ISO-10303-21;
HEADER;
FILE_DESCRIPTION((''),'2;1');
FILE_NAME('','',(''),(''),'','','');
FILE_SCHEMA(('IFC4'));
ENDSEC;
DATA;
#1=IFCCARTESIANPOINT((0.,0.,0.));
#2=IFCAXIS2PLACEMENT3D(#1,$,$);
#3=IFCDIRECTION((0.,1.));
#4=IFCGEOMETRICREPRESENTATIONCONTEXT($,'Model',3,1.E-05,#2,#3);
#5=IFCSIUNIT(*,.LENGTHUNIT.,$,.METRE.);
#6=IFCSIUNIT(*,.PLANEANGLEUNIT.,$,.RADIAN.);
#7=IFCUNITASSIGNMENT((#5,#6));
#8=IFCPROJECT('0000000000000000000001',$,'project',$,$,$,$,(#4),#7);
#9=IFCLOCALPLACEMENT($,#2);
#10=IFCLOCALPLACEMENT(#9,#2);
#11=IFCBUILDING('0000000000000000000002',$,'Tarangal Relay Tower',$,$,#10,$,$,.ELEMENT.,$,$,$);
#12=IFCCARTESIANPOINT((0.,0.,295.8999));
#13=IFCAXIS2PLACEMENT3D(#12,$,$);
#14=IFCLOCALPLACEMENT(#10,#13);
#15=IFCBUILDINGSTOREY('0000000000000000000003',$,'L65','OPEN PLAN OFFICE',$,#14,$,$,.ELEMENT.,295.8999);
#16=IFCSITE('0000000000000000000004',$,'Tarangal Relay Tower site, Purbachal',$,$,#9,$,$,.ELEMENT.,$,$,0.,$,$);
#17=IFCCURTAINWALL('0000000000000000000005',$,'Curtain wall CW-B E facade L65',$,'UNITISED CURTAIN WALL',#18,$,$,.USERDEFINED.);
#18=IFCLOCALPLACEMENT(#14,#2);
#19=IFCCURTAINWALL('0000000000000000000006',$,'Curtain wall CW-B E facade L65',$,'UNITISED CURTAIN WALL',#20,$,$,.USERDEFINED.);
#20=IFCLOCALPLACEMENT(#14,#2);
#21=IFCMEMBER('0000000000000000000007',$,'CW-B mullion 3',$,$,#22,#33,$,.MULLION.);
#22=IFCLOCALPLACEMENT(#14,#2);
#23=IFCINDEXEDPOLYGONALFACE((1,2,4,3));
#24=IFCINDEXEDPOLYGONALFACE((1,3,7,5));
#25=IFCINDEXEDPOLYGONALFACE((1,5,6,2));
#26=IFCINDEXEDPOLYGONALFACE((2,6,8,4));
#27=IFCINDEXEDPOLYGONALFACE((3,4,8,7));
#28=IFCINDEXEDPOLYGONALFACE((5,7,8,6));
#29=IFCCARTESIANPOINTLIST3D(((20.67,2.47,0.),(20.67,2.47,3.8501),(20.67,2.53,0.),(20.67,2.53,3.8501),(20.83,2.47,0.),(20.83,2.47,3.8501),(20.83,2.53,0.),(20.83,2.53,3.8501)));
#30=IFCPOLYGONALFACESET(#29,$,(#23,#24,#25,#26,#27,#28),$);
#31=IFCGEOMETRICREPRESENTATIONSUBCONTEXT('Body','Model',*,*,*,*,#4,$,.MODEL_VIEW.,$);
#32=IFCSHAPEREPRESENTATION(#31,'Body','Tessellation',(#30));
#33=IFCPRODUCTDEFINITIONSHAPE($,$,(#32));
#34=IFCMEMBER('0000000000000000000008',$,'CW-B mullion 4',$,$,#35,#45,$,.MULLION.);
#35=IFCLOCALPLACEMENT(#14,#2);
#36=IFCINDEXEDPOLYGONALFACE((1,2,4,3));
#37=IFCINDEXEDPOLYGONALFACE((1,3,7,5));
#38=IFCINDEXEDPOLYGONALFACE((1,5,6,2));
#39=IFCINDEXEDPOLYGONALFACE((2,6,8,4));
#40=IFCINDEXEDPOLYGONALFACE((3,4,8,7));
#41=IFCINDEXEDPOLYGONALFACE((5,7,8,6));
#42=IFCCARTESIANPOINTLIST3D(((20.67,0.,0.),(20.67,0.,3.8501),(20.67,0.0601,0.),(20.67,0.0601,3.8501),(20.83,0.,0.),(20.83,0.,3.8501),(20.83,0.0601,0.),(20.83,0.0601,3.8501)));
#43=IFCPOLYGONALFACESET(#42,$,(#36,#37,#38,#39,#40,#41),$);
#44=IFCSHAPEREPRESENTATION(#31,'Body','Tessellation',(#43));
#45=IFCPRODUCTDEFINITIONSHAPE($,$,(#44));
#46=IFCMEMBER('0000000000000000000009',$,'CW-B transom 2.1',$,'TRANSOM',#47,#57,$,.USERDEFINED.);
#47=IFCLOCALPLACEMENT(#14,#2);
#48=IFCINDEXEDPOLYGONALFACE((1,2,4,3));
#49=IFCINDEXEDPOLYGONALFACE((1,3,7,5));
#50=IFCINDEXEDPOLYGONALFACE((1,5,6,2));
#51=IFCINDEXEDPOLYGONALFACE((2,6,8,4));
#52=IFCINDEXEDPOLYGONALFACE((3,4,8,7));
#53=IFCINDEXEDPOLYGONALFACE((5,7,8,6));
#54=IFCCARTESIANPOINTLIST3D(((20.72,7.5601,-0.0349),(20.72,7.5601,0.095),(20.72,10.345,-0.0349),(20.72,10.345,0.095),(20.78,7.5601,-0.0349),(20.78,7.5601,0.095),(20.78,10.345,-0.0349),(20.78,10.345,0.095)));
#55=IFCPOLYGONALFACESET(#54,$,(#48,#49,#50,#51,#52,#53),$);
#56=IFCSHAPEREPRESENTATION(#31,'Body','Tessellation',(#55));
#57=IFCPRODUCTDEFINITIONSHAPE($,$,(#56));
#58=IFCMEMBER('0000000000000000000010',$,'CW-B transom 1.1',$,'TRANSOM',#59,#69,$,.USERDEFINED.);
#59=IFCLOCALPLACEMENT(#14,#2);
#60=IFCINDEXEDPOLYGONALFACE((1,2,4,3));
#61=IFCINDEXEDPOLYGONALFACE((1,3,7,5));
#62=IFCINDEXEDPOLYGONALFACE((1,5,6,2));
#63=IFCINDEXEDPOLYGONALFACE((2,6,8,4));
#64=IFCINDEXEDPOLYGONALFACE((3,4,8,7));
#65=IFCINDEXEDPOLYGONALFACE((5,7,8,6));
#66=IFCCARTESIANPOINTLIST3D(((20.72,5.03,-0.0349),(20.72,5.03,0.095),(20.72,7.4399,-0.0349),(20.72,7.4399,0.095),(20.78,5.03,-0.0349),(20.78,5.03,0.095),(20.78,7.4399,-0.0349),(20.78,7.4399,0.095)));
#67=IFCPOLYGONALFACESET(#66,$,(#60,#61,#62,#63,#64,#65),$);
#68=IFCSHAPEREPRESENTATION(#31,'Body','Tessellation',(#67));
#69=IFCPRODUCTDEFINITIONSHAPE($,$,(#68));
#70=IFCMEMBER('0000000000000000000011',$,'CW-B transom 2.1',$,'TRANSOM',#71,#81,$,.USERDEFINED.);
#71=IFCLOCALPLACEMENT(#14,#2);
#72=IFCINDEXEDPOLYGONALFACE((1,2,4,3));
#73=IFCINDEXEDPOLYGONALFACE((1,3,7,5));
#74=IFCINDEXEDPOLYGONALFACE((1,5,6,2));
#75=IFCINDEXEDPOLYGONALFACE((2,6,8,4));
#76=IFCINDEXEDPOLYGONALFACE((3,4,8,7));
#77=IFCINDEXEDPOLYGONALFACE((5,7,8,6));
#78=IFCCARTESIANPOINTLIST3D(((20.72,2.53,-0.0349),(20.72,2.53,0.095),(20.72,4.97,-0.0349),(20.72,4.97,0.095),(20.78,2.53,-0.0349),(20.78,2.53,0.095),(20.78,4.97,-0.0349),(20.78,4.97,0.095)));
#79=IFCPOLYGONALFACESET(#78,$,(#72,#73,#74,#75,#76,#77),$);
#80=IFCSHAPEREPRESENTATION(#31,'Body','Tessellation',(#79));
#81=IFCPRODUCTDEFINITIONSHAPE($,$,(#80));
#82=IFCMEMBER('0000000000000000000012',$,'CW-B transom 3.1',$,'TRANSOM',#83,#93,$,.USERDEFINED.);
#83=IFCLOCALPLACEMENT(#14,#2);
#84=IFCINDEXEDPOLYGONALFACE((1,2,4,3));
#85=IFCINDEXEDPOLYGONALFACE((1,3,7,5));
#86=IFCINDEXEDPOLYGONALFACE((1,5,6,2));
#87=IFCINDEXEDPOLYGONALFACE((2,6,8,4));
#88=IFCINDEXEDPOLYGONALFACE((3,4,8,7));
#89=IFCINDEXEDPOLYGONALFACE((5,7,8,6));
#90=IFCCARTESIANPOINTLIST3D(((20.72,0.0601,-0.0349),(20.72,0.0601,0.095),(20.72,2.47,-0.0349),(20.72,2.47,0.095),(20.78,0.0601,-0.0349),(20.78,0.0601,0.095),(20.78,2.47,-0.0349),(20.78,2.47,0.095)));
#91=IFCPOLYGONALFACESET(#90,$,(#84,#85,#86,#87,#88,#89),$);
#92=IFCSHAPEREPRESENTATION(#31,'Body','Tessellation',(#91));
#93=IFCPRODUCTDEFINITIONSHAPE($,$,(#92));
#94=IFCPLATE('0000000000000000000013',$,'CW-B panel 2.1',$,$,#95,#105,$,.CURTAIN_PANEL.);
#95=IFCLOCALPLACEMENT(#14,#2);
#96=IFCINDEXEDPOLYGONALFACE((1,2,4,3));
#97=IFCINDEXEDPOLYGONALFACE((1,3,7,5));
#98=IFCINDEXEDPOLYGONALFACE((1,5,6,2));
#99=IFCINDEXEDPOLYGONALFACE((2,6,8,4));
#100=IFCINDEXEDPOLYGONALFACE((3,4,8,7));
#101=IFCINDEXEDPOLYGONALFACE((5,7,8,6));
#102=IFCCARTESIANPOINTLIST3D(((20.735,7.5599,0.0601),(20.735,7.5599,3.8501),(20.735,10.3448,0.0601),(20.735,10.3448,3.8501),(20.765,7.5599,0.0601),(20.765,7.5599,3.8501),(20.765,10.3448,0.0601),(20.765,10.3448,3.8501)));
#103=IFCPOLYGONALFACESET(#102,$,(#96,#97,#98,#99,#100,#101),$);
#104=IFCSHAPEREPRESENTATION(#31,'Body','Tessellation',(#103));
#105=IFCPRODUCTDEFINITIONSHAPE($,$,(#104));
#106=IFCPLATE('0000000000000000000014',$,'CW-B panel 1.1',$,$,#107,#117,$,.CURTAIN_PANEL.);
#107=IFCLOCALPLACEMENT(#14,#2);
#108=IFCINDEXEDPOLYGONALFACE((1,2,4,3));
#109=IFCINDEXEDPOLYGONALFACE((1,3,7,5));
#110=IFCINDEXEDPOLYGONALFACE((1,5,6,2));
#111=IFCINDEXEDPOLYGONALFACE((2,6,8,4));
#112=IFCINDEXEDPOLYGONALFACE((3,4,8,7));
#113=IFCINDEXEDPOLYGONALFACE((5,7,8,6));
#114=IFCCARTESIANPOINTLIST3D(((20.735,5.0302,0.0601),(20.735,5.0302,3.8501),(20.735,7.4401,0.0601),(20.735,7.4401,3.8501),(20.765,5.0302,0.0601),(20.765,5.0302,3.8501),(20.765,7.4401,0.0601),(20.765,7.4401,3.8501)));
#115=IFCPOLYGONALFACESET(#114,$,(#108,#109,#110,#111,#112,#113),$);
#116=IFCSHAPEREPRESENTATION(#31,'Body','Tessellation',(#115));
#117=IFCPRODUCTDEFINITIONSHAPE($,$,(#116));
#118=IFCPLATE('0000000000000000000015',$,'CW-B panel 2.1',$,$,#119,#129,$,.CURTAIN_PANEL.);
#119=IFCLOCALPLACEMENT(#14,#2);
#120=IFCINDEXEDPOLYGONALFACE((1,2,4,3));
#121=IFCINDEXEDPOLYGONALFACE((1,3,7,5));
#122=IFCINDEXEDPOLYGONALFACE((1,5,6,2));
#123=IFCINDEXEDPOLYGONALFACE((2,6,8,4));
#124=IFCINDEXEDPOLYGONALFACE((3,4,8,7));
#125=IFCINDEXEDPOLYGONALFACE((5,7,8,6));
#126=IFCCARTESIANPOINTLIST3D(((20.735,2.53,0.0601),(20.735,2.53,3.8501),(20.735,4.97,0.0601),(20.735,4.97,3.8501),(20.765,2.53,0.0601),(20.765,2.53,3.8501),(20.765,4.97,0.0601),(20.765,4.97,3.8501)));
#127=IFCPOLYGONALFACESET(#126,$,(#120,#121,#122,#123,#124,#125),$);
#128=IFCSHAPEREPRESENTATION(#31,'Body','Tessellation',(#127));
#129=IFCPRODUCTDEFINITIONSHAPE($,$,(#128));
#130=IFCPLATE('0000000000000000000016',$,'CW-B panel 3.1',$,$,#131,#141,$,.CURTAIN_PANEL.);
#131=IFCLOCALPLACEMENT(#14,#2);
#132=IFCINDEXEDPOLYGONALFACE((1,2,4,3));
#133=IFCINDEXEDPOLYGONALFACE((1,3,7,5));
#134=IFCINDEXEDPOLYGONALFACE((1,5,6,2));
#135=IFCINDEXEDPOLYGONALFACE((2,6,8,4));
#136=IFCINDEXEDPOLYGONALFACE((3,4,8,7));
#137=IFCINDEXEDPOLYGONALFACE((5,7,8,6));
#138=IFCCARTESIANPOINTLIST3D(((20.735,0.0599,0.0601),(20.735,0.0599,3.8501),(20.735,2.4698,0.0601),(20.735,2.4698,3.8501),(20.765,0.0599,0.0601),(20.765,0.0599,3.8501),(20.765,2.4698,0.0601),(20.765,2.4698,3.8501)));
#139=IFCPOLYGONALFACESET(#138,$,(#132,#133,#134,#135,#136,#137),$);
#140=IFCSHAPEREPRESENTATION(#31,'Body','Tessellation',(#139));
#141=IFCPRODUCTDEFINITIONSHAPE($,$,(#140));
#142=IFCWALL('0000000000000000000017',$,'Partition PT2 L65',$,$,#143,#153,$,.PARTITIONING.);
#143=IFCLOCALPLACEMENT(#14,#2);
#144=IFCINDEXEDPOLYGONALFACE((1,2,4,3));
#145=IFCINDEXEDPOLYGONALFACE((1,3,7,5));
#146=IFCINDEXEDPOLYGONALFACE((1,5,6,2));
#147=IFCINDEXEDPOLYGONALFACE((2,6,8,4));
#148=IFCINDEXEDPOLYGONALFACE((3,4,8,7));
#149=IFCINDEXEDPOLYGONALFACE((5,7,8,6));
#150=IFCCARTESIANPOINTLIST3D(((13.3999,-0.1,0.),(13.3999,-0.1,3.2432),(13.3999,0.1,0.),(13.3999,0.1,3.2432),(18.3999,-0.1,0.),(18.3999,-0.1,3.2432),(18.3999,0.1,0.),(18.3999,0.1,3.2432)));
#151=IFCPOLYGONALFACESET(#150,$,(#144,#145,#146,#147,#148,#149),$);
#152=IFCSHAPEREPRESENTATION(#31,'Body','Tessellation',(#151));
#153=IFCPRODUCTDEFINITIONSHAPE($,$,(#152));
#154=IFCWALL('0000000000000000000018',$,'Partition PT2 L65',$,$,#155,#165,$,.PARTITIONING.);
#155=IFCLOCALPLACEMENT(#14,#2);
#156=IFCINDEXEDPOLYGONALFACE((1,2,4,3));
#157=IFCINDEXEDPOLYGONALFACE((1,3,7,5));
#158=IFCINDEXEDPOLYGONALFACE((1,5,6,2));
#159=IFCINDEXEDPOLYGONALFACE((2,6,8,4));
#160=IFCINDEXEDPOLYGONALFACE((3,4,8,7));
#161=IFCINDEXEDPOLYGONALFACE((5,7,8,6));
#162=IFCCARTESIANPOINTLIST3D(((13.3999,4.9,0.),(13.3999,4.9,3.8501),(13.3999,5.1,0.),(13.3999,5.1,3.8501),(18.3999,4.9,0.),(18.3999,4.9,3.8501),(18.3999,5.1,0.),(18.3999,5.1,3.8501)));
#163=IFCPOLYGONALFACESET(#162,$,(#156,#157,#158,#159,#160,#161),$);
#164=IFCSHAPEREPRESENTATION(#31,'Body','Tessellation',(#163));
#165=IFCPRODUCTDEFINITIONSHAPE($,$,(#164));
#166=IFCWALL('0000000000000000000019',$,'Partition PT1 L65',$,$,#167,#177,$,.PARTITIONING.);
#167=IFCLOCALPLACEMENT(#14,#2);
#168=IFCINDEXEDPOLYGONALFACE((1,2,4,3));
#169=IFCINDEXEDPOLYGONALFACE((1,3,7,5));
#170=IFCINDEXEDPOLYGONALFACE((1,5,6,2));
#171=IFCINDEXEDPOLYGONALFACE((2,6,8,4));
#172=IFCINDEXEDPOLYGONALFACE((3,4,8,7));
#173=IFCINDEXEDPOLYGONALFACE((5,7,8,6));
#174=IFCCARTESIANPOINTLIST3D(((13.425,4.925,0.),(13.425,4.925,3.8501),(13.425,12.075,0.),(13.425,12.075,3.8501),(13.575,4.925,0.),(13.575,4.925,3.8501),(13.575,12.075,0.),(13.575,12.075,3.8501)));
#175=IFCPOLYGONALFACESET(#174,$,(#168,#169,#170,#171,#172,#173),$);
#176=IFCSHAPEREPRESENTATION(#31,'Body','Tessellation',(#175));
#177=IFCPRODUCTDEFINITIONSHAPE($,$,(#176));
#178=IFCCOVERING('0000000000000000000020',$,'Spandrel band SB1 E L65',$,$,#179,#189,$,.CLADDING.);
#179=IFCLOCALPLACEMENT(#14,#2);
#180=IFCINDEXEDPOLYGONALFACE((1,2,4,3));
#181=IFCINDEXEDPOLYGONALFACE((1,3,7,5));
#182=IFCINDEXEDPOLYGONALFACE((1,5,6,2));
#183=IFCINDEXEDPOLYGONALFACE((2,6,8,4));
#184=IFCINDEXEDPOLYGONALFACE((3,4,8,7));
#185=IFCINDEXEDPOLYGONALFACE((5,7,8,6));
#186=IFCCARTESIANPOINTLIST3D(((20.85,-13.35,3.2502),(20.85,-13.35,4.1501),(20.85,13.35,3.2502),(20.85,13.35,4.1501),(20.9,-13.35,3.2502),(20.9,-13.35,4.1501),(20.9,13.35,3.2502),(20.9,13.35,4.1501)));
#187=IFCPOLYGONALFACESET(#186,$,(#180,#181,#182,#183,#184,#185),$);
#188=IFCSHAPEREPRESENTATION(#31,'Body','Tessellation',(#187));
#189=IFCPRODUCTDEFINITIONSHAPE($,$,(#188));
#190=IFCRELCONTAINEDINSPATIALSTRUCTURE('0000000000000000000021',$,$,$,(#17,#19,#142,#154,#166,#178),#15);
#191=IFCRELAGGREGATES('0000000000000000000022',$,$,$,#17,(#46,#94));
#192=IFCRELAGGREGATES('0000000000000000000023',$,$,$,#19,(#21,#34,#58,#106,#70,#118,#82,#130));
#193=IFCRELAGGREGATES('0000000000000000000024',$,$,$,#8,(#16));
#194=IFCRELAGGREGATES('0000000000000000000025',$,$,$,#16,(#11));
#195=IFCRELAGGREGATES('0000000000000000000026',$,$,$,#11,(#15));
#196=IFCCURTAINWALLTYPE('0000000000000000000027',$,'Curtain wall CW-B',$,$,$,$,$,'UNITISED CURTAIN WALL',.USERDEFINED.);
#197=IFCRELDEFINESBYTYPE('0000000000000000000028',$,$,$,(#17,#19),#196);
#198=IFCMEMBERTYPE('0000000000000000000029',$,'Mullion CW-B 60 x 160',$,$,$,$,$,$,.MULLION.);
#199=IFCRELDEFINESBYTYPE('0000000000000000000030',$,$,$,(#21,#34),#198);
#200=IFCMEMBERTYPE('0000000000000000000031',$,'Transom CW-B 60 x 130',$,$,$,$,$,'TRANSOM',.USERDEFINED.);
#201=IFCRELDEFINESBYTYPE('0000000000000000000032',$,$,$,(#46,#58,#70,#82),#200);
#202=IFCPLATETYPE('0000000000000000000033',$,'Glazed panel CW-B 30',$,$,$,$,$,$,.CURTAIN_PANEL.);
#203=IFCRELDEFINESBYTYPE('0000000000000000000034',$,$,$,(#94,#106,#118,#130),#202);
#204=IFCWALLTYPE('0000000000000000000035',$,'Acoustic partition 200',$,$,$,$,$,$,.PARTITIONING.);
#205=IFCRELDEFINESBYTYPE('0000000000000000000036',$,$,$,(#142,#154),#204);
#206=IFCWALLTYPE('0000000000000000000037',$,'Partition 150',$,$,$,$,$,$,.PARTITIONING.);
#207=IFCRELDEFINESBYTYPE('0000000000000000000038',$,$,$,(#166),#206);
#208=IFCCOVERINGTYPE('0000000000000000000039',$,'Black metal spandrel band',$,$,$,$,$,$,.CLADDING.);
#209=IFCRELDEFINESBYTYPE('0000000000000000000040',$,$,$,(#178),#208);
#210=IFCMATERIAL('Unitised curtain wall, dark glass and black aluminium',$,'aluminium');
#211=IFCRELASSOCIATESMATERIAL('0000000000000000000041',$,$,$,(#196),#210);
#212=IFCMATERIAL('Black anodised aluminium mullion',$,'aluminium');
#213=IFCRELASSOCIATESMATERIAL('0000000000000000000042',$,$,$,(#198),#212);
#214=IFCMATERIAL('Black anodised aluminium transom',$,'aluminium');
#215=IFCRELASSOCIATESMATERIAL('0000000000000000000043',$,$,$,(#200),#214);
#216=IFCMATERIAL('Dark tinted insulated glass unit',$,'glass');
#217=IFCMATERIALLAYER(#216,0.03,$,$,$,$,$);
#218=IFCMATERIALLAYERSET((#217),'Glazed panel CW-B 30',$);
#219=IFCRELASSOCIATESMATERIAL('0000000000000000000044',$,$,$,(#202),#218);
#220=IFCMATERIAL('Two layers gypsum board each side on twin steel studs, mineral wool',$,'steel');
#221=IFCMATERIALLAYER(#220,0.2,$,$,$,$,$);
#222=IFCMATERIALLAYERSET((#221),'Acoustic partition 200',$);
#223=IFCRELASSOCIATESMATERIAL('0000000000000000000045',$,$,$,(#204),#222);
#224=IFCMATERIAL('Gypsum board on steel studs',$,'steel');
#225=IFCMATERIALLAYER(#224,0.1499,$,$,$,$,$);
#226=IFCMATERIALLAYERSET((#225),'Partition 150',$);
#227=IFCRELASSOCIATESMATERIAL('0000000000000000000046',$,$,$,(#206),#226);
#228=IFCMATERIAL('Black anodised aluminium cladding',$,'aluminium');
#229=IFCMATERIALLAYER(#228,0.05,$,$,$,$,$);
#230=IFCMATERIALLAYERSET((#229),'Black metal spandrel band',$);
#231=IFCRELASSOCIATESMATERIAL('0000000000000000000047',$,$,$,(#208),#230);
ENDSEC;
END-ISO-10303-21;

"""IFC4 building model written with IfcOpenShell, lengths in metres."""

from ifc_helpers import new_model, si_unit, direction, frame, frame_2d, origin, origin_2d, place, context, subcontext, project, spatial, rectangle, extrude, material, layer, layer_set, material_profile, profile_set, type_object, element, aggregate, save


model = new_model("IFC4")

# Units and contexts
model_context = context("Model", 3, precision=1e-05, world=origin(), true_north=direction((0.0, 1.0)))
body_context = subcontext(model_context, "Body", "Model", "MODEL_VIEW")
ifc_project = project(units=[si_unit("LENGTHUNIT", "METRE"), si_unit("PLANEANGLEUNIT", "RADIAN")], contexts=[model_context])

# Site, building, storey
site_placement = place(None, origin())
site = spatial("IfcSite", under=ifc_project, at=site_placement, Name="Tarangal Relay Tower site, Purbachal", CompositionType="ELEMENT", RefElevation=0.0)
building_placement = place(site_placement, origin())
building = spatial("IfcBuilding", under=site, at=building_placement, Name="Tarangal Relay Tower", CompositionType="ELEMENT")
storey_placement = place(building_placement, frame((0.0, 0.0, 295.8999)))
storey = spatial("IfcBuildingStorey", under=building, at=storey_placement, Name="L65", Description="OPEN PLAN OFFICE", CompositionType="ELEMENT", Elevation=295.8999)

# Curtain walls, members
ifc_material_1 = material(Name="Unitised curtain wall, dark glass and black aluminium", Category="aluminium")
curtain_wall_type = type_object("IfcCurtainWallType", Name="Curtain wall CW-B", ElementType="UNITISED CURTAIN WALL", PredefinedType="USERDEFINED", material=ifc_material_1)
curtain_wall_1_placement = place(storey_placement, origin())
curtain_wall_1 = element("IfcCurtainWall", 1, at=curtain_wall_1_placement, inside=storey, type_object=curtain_wall_type, Name="Curtain wall CW-B E facade L65", ObjectType="UNITISED CURTAIN WALL", PredefinedType="USERDEFINED")
ifc_material_2 = material(Name="Black anodised aluminium mullion", Category="aluminium")
ifc_material_profile_1 = material_profile(ifc_material_2, rectangle(XDim=0.1599, YDim=0.0601, at=origin_2d()), Name="CW-BM 60X160")
ifc_profile_set_1 = profile_set([ifc_material_profile_1], Name="Black anodised aluminium mullion")
member_type_1 = type_object("IfcMemberType", Name="Mullion CW-B 60 x 160", PredefinedType="MULLION", material=ifc_profile_set_1)
curtain_wall_2_placement = place(storey_placement, origin())
curtain_wall_2 = element("IfcCurtainWall", 2, at=curtain_wall_2_placement, inside=storey, type_object=curtain_wall_type, Name="Curtain wall CW-B E facade L65", ObjectType="UNITISED CURTAIN WALL", PredefinedType="USERDEFINED")
member_1_placement = place(storey_placement, frame((20.75, 2.5, 0.0), z_axis=(0.0, 0.0, 1.0), x_axis=(1.0, 0.0, 0.0)))
member_1 = element("IfcMember", 3, at=member_1_placement, type_object=member_type_1, Name="CW-B mullion 3", PredefinedType="MULLION", context=body_context, shape_type="SweptSolid", body=[
    extrude(rectangle(XDim=0.1599, YDim=0.0601, at=origin_2d()), origin(), (0.0, 0.0, 1.0), 3.8501),
])
member_2_placement = place(storey_placement, frame((20.75, 0.03, 0.0), z_axis=(0.0, 0.0, 1.0), x_axis=(1.0, 0.0, 0.0)))
member_2 = element("IfcMember", 4, at=member_2_placement, type_object=member_type_1, Name="CW-B mullion 4", PredefinedType="MULLION", context=body_context, shape_type="SweptSolid", body=[
    extrude(rectangle(XDim=0.1599, YDim=0.0601, at=origin_2d()), origin(), (0.0, 0.0, 1.0), 3.8501),
])

# Members
ifc_material_3 = material(Name="Black anodised aluminium transom", Category="aluminium")
ifc_material_profile_2 = material_profile(ifc_material_3, rectangle(XDim=0.0601, YDim=0.1299, at=origin_2d()), Name="CW-BT 60X130")
ifc_profile_set_2 = profile_set([ifc_material_profile_2], Name="Black anodised aluminium transom")
member_type_2 = type_object("IfcMemberType", Name="Transom CW-B 60 x 130", ElementType="TRANSOM", PredefinedType="USERDEFINED", material=ifc_profile_set_2)
member_3_placement = place(storey_placement, frame((20.75, 10.345, 0.03), z_axis=(0.0, -1.0, 0.0), x_axis=(1.0, 0.0, 0.0)))
member_3 = element("IfcMember", 5, at=member_3_placement, type_object=member_type_2, Name="CW-B transom 2.1", ObjectType="TRANSOM", PredefinedType="USERDEFINED", context=body_context, shape_type="SweptSolid", body=[
    extrude(rectangle(XDim=0.0601, YDim=0.1299, at=origin_2d()), origin(), (0.0, 0.0, 1.0), 2.7849),
])
member_4_placement = place(storey_placement, frame((20.75, 7.4399, 0.03), z_axis=(0.0, -1.0, 0.0), x_axis=(1.0, 0.0, 0.0)))
member_4 = element("IfcMember", 6, at=member_4_placement, type_object=member_type_2, Name="CW-B transom 1.1", ObjectType="TRANSOM", PredefinedType="USERDEFINED", context=body_context, shape_type="SweptSolid", body=[
    extrude(rectangle(XDim=0.0601, YDim=0.1299, at=origin_2d()), origin(), (0.0, 0.0, 1.0), 2.4099),
])
member_5_placement = place(storey_placement, frame((20.75, 4.97, 0.03), z_axis=(0.0, -1.0, 0.0), x_axis=(1.0, 0.0, 0.0)))
member_5 = element("IfcMember", 7, at=member_5_placement, type_object=member_type_2, Name="CW-B transom 2.1", ObjectType="TRANSOM", PredefinedType="USERDEFINED", context=body_context, shape_type="SweptSolid", body=[
    extrude(rectangle(XDim=0.0601, YDim=0.1299, at=origin_2d()), origin(), (0.0, 0.0, 1.0), 2.4399),
])
member_6_placement = place(storey_placement, frame((20.75, 2.47, 0.03), z_axis=(0.0, -1.0, 0.0), x_axis=(1.0, 0.0, 0.0)))
member_6 = element("IfcMember", 8, at=member_6_placement, type_object=member_type_2, Name="CW-B transom 3.1", ObjectType="TRANSOM", PredefinedType="USERDEFINED", context=body_context, shape_type="SweptSolid", body=[
    extrude(rectangle(XDim=0.0601, YDim=0.1299, at=origin_2d()), origin(), (0.0, 0.0, 1.0), 2.4099),
])

# Plates
ifc_material_4 = material(Name="Dark tinted insulated glass unit", Category="glass")
ifc_layer_1 = layer(ifc_material_4, 0.03)
ifc_layer_set_1 = layer_set([ifc_layer_1], Name="Glazed panel CW-B 30")
plate_type = type_object("IfcPlateType", Name="Glazed panel CW-B 30", PredefinedType="CURTAIN_PANEL", material=ifc_layer_set_1)
plate_1_placement = place(storey_placement, frame((20.75, 8.9524, 0.0601), z_axis=(0.0, 0.0, 1.0), x_axis=(0.0, -1.0, 0.0)))
plate_1 = element("IfcPlate", 9, at=plate_1_placement, type_object=plate_type, Name="CW-B panel 2.1", PredefinedType="CURTAIN_PANEL", context=body_context, shape_type="SweptSolid", body=[
    extrude(rectangle(XDim=2.7849, YDim=0.03, at=origin_2d()), origin(), (0.0, 0.0, 1.0), 3.79),
])
aggregate(curtain_wall_1, [member_3, plate_1])
plate_2_placement = place(storey_placement, frame((20.75, 6.2351, 0.0601), z_axis=(0.0, 0.0, 1.0), x_axis=(0.0, -1.0, 0.0)))
plate_2 = element("IfcPlate", 10, at=plate_2_placement, type_object=plate_type, Name="CW-B panel 1.1", PredefinedType="CURTAIN_PANEL", context=body_context, shape_type="SweptSolid", body=[
    extrude(rectangle(XDim=2.4099, YDim=0.03, at=origin_2d()), origin(), (0.0, 0.0, 1.0), 3.79),
])
plate_3_placement = place(storey_placement, frame((20.75, 3.75, 0.0601), z_axis=(0.0, 0.0, 1.0), x_axis=(0.0, -1.0, 0.0)))
plate_3 = element("IfcPlate", 11, at=plate_3_placement, type_object=plate_type, Name="CW-B panel 2.1", PredefinedType="CURTAIN_PANEL", context=body_context, shape_type="SweptSolid", body=[
    extrude(rectangle(XDim=2.4399, YDim=0.03, at=origin_2d()), origin(), (0.0, 0.0, 1.0), 3.79),
])
plate_4_placement = place(storey_placement, frame((20.75, 1.2649, 0.0601), z_axis=(0.0, 0.0, 1.0), x_axis=(0.0, -1.0, 0.0)))
plate_4 = element("IfcPlate", 12, at=plate_4_placement, type_object=plate_type, Name="CW-B panel 3.1", PredefinedType="CURTAIN_PANEL", context=body_context, shape_type="SweptSolid", body=[
    extrude(rectangle(XDim=2.4099, YDim=0.03, at=origin_2d()), origin(), (0.0, 0.0, 1.0), 3.79),
])
aggregate(curtain_wall_2, [member_1, member_2, member_4, plate_2, member_5, plate_3, member_6, plate_4])

# Walls
ifc_material_5 = material(Name="Two layers gypsum board each side on twin steel studs, mineral wool", Category="steel")
ifc_layer_2 = layer(ifc_material_5, 0.2)
ifc_layer_set_2 = layer_set([ifc_layer_2], Name="Acoustic partition 200")
wall_type_1 = type_object("IfcWallType", Name="Acoustic partition 200", PredefinedType="PARTITIONING", material=ifc_layer_set_2)
wall_1_placement = place(storey_placement, frame((13.3999, 0.0, 0.0), z_axis=(0.0, 0.0, 1.0), x_axis=(1.0, 0.0, 0.0)))
element("IfcWall", 13, at=wall_1_placement, inside=storey, type_object=wall_type_1, Name="Partition PT2 L65", PredefinedType="PARTITIONING", context=body_context, shape_type="SweptSolid", body=[
    extrude(rectangle(XDim=5.0, YDim=0.2, at=frame_2d((2.5, 0.0))), origin(), (0.0, 0.0, 1.0), 3.2432),
])
wall_2_placement = place(storey_placement, frame((13.3999, 5.0, 0.0), z_axis=(0.0, 0.0, 1.0), x_axis=(1.0, 0.0, 0.0)))
element("IfcWall", 14, at=wall_2_placement, inside=storey, type_object=wall_type_1, Name="Partition PT2 L65", PredefinedType="PARTITIONING", context=body_context, shape_type="SweptSolid", body=[
    extrude(rectangle(XDim=5.0, YDim=0.2, at=frame_2d((2.5, 0.0))), origin(), (0.0, 0.0, 1.0), 3.8501),
])
ifc_material_6 = material(Name="Gypsum board on steel studs", Category="steel")
ifc_layer_3 = layer(ifc_material_6, 0.1499)
ifc_layer_set_3 = layer_set([ifc_layer_3], Name="Partition 150")
wall_type_2 = type_object("IfcWallType", Name="Partition 150", PredefinedType="PARTITIONING", material=ifc_layer_set_3)
wall_3_placement = place(storey_placement, frame((13.5, 4.925, 0.0), z_axis=(0.0, 0.0, 1.0), x_axis=(0.0, 1.0, 0.0)))
element("IfcWall", 15, at=wall_3_placement, inside=storey, type_object=wall_type_2, Name="Partition PT1 L65", PredefinedType="PARTITIONING", context=body_context, shape_type="SweptSolid", body=[
    extrude(rectangle(XDim=7.1499, YDim=0.1499, at=frame_2d((3.575, 0.0))), origin(), (0.0, 0.0, 1.0), 3.8501),
])

# Covering
ifc_material_7 = material(Name="Black anodised aluminium cladding", Category="aluminium")
ifc_layer_4 = layer(ifc_material_7, 0.05)
ifc_layer_set_4 = layer_set([ifc_layer_4], Name="Black metal spandrel band")
covering_type = type_object("IfcCoveringType", Name="Black metal spandrel band", PredefinedType="CLADDING", material=ifc_layer_set_4)
covering_placement = place(storey_placement, frame((20.875, 0.0, 3.2502), z_axis=(0.0, 0.0, 1.0), x_axis=(0.0, -1.0, 0.0)))
element("IfcCovering", 16, at=covering_placement, inside=storey, type_object=covering_type, Name="Spandrel band SB1 E L65", PredefinedType="CLADDING", context=body_context, shape_type="SweptSolid", body=[
    extrude(rectangle(XDim=26.7, YDim=0.05, at=origin_2d()), origin(), (0.0, 0.0, 1.0), 0.8999),
])

save(model, "model.ifc")
